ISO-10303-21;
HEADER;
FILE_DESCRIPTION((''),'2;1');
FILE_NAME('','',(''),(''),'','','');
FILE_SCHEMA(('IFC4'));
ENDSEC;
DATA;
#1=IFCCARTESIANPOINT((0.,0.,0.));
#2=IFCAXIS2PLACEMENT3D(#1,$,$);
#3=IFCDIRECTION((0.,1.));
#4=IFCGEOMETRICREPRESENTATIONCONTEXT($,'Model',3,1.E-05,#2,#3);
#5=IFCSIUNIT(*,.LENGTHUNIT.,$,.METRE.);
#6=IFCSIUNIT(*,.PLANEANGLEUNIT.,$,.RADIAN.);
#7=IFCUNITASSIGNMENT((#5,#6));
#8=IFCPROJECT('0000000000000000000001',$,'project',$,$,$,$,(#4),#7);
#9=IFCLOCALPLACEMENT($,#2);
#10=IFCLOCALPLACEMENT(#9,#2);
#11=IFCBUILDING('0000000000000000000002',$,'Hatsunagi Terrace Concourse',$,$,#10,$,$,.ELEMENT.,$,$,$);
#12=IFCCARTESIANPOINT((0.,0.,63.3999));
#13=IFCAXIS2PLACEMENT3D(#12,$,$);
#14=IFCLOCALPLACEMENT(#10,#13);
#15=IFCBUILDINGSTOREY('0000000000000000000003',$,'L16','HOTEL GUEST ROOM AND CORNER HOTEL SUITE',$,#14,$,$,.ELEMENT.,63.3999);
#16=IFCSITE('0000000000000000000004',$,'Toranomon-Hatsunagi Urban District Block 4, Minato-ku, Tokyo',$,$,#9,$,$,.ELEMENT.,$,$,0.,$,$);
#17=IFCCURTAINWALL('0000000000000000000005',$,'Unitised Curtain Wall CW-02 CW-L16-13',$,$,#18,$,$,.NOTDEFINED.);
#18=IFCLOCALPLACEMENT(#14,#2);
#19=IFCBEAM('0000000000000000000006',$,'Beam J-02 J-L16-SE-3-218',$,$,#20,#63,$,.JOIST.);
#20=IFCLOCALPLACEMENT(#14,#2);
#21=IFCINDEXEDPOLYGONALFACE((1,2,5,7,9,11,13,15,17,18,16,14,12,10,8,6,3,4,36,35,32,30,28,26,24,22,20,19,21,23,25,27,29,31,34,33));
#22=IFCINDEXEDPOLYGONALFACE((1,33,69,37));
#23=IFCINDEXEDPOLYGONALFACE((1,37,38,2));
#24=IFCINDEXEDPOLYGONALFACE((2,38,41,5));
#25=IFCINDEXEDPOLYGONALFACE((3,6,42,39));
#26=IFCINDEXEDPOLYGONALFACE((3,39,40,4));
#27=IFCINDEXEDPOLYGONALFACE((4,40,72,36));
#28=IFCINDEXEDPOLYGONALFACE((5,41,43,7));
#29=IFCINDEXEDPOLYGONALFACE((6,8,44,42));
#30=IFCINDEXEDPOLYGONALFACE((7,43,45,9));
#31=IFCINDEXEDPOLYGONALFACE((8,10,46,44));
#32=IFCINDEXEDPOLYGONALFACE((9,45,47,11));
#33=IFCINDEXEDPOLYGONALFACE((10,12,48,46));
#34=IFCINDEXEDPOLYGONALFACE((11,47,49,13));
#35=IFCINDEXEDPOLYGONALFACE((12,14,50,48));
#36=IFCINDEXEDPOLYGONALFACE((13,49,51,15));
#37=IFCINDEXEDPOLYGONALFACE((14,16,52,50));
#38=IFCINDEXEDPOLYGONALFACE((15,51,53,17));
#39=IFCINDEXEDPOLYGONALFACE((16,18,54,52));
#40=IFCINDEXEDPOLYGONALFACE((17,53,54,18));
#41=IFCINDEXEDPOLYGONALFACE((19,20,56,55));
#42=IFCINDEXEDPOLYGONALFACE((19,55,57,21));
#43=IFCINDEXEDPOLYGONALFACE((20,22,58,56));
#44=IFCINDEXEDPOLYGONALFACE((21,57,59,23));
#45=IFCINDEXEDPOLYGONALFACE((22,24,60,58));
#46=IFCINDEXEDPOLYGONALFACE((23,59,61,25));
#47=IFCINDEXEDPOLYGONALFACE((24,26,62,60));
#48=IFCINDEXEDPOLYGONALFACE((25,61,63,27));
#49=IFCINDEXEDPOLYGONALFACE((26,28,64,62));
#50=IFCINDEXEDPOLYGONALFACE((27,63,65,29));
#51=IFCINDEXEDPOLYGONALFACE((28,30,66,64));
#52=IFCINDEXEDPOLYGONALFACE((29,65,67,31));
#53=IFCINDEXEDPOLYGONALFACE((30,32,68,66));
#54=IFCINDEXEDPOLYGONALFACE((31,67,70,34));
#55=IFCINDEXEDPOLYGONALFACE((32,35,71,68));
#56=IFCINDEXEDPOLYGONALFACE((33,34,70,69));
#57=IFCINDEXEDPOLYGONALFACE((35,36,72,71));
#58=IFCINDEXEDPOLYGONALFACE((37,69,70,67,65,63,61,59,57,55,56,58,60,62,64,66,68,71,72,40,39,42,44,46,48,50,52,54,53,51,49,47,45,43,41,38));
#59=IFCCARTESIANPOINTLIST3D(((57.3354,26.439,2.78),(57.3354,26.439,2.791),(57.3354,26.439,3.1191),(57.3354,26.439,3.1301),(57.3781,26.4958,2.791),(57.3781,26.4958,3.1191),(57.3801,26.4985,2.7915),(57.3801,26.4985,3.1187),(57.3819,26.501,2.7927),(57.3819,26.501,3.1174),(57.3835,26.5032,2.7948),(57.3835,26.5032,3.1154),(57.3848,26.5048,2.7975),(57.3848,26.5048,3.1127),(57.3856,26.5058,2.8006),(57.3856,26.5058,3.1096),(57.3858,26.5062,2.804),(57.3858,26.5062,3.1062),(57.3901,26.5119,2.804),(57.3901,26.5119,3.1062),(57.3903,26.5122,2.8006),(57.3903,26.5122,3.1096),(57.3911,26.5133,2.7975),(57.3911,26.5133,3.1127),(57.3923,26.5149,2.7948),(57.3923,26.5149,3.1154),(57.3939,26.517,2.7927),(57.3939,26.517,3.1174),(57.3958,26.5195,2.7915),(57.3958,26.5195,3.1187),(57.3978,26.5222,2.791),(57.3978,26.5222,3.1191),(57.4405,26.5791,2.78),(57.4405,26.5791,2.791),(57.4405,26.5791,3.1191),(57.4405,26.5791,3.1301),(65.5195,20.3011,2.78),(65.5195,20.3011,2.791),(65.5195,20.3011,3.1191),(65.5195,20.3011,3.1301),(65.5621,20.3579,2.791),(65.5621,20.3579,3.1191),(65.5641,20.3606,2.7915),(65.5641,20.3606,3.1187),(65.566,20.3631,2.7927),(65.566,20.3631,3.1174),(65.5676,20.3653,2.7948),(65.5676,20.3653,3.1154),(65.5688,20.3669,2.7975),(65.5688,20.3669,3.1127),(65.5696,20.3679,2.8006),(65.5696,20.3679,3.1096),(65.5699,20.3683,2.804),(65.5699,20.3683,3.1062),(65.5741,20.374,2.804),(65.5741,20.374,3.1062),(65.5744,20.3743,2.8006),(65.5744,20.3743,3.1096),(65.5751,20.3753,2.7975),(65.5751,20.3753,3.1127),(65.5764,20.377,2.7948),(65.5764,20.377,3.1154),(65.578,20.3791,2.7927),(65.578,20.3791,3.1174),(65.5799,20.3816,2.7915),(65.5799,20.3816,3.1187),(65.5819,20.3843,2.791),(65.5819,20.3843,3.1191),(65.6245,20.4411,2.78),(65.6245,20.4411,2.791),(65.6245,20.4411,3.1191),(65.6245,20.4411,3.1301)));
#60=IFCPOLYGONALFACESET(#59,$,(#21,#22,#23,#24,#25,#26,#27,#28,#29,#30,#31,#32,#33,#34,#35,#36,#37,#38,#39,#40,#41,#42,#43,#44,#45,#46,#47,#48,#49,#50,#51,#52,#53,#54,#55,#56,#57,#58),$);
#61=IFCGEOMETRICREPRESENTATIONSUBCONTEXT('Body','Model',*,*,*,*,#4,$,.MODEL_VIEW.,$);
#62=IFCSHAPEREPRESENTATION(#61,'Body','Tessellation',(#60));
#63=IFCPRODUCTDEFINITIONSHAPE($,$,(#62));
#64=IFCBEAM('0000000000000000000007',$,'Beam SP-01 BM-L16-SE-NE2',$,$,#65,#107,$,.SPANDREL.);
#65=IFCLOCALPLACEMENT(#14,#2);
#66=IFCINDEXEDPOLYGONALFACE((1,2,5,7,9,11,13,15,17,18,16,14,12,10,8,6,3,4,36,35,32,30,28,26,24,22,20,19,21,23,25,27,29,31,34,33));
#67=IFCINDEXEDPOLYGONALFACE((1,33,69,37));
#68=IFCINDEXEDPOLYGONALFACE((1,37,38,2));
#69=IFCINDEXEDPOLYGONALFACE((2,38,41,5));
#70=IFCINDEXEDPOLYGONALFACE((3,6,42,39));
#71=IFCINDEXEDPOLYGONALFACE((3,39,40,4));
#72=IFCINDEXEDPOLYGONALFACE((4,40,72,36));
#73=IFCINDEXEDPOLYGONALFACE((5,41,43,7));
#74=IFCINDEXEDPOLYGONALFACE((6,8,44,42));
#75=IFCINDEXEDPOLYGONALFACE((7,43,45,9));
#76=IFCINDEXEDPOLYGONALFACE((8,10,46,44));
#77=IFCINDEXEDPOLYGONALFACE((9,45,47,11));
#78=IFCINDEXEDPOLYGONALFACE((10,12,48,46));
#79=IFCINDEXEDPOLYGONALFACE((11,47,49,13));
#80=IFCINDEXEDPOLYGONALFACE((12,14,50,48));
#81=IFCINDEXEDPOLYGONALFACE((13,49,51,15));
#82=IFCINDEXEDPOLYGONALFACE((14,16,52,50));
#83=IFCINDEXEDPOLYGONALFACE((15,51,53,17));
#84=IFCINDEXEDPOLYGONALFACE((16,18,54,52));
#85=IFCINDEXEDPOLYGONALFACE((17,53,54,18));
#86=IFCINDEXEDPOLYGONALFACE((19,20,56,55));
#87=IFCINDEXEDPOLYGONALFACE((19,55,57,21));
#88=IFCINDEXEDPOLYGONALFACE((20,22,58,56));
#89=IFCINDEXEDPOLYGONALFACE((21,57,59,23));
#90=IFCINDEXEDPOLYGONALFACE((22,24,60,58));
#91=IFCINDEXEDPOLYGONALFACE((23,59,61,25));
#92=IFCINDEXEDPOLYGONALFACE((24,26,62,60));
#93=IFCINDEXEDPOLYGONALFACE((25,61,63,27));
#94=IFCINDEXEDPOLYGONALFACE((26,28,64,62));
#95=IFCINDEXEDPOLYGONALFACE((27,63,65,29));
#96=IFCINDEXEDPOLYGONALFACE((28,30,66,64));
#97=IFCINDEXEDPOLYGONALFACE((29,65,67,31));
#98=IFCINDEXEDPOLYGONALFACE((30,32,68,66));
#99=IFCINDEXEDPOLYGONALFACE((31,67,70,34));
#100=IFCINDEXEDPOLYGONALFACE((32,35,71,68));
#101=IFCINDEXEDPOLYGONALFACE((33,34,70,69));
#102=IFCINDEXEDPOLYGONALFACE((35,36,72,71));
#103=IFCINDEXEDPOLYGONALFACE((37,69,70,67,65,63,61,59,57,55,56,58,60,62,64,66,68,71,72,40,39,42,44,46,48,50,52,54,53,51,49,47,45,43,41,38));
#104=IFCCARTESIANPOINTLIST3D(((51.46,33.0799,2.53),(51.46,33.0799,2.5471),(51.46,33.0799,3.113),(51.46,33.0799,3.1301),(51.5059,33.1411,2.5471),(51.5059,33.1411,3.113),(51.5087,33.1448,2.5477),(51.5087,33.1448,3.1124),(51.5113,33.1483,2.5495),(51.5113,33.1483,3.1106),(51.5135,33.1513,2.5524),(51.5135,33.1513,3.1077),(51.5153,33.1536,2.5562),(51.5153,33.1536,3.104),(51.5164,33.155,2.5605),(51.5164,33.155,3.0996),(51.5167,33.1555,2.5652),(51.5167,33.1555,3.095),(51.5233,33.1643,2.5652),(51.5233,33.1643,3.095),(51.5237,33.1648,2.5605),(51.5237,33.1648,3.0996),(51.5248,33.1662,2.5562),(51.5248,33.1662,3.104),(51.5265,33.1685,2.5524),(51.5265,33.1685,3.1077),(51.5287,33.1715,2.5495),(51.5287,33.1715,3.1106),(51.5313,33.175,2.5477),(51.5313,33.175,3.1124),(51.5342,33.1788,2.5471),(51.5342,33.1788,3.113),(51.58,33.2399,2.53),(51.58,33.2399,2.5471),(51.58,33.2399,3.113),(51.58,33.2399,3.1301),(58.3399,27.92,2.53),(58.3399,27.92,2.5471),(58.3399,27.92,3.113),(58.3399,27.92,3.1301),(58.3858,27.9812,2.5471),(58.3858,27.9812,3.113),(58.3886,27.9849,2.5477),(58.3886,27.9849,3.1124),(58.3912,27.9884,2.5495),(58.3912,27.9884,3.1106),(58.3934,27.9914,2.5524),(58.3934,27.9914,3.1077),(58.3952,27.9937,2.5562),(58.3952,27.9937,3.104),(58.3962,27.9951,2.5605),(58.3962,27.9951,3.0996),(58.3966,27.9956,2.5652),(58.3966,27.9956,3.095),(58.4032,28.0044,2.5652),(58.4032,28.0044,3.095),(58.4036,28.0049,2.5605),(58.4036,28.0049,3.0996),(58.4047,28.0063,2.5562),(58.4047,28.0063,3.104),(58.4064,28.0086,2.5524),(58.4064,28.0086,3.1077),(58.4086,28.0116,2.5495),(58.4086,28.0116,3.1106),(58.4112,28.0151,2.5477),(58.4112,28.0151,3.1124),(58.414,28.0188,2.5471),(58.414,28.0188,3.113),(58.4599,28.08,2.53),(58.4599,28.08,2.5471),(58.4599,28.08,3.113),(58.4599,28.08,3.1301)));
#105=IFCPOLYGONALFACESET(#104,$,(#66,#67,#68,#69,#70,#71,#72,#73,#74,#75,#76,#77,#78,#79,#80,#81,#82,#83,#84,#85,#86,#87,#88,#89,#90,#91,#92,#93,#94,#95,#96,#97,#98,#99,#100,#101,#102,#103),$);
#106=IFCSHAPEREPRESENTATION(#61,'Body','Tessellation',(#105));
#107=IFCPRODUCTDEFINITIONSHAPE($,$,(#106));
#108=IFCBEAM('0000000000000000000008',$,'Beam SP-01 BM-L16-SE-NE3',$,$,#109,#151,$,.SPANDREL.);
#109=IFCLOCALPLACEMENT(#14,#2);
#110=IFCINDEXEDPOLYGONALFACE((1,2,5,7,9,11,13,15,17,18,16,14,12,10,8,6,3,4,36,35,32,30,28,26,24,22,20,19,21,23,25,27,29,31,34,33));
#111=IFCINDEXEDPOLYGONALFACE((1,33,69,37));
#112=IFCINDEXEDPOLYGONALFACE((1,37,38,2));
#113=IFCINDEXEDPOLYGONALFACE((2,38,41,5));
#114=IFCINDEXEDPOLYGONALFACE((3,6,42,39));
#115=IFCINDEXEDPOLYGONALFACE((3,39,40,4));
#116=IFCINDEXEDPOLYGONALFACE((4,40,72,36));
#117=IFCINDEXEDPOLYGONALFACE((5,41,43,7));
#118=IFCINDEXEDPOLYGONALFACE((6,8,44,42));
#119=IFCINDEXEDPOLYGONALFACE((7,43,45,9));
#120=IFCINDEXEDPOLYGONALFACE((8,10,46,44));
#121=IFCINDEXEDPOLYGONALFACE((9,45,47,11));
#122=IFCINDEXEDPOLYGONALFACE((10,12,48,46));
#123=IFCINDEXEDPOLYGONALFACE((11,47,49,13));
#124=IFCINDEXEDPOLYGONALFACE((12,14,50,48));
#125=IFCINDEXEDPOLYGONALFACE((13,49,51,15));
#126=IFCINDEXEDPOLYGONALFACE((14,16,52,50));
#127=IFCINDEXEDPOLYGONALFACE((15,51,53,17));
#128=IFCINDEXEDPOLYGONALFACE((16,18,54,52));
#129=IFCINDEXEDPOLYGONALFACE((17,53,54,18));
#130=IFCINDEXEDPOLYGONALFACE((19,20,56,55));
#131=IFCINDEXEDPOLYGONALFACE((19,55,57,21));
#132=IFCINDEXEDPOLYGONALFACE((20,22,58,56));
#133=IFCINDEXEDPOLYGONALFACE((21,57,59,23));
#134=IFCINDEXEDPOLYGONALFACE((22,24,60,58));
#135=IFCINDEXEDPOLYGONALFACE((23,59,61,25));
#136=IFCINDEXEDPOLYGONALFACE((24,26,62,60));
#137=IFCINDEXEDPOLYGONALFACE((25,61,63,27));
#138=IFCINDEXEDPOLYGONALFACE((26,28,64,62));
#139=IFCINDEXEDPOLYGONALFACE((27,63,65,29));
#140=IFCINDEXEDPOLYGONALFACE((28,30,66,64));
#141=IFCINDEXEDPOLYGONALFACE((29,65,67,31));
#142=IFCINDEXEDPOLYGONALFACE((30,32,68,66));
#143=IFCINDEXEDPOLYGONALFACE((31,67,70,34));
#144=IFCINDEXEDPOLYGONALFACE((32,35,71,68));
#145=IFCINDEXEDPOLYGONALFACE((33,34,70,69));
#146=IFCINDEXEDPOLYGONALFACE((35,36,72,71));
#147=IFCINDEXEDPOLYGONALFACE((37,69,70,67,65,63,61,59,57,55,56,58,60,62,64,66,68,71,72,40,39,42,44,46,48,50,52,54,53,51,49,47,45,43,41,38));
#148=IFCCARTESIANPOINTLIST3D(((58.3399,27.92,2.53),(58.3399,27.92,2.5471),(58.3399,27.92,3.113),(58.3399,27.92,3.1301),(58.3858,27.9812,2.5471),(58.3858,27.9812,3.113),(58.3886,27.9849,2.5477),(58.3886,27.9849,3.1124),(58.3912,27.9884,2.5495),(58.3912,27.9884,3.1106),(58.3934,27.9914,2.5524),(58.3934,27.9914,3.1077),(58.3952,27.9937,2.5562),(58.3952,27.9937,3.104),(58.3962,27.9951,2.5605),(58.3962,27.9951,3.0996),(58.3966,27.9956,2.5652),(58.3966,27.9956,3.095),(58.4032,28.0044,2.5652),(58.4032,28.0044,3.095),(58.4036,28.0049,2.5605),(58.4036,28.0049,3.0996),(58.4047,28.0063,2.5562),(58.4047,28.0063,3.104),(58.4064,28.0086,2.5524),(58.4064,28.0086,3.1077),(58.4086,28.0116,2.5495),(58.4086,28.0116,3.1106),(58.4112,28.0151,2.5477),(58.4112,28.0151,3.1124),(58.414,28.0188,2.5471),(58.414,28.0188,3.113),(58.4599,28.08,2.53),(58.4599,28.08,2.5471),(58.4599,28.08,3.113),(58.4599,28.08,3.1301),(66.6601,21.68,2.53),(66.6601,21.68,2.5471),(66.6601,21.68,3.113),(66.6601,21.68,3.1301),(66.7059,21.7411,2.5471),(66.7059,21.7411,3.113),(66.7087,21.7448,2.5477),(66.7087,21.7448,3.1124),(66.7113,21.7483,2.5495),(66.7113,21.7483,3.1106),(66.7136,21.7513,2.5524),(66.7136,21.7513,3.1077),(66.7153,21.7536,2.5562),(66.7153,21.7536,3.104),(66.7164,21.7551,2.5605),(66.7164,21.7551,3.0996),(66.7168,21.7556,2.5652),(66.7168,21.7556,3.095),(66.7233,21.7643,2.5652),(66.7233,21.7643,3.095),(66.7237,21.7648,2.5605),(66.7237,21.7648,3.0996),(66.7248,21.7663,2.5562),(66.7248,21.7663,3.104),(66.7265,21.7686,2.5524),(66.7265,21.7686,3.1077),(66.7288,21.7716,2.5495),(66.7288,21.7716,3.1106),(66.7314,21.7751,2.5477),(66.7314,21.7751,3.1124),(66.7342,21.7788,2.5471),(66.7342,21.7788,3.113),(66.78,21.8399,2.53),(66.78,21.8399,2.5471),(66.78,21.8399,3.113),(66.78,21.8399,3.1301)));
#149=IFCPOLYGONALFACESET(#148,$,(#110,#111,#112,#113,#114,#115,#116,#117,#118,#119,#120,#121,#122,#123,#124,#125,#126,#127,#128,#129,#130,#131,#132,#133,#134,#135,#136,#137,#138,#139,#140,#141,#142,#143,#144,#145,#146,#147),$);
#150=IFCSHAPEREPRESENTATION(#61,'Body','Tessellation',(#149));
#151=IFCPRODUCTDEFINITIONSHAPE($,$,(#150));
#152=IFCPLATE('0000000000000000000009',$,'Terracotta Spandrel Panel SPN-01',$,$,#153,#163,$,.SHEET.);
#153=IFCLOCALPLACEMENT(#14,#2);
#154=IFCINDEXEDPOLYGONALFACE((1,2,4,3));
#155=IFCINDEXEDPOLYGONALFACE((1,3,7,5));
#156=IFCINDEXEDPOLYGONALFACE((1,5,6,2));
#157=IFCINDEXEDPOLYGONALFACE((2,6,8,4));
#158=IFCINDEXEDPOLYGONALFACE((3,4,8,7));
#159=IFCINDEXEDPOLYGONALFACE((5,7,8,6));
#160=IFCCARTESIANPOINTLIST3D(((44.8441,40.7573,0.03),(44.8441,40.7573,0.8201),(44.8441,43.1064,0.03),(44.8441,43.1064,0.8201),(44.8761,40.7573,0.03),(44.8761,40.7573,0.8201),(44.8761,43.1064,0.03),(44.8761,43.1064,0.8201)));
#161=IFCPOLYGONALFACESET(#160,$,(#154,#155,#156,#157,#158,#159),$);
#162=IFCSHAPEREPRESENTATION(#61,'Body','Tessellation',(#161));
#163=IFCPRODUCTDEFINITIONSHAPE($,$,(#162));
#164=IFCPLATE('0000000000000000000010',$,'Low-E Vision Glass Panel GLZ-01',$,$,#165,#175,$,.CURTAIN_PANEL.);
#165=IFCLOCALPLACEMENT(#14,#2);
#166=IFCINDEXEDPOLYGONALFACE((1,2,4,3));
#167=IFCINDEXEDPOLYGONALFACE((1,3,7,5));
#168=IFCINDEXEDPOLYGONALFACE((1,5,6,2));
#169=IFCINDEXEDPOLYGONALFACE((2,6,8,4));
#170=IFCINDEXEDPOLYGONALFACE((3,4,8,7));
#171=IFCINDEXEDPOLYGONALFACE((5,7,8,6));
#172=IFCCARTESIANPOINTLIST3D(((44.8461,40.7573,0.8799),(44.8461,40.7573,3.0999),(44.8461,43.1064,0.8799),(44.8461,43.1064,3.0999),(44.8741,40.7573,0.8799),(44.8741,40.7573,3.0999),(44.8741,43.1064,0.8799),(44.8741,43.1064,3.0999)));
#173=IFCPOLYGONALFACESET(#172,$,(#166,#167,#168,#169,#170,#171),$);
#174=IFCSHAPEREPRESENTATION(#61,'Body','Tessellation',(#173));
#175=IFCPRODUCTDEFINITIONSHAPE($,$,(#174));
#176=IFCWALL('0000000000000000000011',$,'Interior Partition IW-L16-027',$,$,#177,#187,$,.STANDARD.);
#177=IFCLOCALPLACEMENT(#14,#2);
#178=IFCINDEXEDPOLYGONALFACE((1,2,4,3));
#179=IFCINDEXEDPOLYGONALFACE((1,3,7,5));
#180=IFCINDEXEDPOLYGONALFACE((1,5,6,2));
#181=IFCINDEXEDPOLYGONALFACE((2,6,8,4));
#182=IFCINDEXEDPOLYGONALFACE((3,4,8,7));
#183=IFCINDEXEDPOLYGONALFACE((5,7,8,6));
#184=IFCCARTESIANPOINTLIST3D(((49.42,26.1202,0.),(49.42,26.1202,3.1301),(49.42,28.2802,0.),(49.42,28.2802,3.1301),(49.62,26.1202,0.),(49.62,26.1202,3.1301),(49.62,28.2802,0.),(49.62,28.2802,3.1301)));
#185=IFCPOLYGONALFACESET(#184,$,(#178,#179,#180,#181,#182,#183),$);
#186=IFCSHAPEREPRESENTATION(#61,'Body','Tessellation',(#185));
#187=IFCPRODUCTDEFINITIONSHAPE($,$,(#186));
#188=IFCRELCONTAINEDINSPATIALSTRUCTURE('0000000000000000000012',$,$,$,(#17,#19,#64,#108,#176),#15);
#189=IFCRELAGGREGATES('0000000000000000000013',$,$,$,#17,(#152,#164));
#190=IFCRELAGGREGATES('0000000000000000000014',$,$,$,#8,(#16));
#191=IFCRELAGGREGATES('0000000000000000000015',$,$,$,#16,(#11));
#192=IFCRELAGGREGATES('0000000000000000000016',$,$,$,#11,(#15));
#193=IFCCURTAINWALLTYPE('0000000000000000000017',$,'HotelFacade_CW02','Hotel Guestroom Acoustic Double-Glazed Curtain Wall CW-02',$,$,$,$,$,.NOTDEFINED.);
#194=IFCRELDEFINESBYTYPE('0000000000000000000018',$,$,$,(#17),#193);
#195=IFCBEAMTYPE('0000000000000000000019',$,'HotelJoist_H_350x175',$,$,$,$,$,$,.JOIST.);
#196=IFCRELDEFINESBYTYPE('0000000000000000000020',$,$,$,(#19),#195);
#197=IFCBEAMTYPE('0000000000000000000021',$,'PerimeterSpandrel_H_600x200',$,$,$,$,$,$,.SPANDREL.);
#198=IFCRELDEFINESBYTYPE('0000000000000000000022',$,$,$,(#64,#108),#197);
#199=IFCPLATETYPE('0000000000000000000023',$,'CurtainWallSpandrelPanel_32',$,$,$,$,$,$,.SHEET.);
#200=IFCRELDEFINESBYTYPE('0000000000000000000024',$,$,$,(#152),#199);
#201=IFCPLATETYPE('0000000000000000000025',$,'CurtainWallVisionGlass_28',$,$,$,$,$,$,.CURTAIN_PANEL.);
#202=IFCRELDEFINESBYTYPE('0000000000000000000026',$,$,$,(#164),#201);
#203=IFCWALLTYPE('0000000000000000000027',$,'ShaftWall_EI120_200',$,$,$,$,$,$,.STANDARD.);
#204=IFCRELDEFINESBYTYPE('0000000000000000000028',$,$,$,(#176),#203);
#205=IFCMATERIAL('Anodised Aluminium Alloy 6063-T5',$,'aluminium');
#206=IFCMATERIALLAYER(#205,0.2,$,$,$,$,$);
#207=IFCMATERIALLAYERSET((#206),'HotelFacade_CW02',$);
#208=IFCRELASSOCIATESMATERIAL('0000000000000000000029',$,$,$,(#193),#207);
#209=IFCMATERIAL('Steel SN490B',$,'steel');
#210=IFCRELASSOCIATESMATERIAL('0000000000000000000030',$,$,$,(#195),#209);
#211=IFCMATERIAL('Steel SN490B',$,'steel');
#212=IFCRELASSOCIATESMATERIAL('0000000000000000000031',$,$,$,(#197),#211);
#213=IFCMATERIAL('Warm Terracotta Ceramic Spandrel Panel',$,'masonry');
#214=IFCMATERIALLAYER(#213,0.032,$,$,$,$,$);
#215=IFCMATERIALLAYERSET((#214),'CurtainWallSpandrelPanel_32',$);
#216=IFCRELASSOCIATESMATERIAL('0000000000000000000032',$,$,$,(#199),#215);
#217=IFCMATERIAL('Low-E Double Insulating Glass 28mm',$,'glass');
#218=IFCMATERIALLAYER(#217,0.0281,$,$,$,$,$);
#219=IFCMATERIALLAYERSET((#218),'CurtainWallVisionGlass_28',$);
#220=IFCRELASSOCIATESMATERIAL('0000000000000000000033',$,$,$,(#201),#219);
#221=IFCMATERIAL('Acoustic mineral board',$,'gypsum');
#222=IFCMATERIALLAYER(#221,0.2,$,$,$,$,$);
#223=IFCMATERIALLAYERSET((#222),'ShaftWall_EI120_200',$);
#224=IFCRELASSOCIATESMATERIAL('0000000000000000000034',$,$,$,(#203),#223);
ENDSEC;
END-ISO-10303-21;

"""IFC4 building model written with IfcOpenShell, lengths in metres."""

from ifc_helpers import new_model, si_unit, direction, frame, frame_2d, origin, origin_2d, place, context, subcontext, project, spatial, rectangle, i_section, extrude, material, layer, layer_set, material_profile, profile_set, type_object, element, aggregate, save


model = new_model("IFC4")

# Units and contexts
model_context = context("Model", 3, precision=1e-05, world=origin(), true_north=direction((0.0, 1.0)))
body_context = subcontext(model_context, "Body", "Model", "MODEL_VIEW")
ifc_project = project(units=[si_unit("LENGTHUNIT", "METRE"), si_unit("PLANEANGLEUNIT", "RADIAN")], contexts=[model_context])

# Site, building, storey
site_placement = place(None, origin())
site = spatial("IfcSite", under=ifc_project, at=site_placement, Name="Toranomon-Hatsunagi Urban District Block 4, Minato-ku, Tokyo", CompositionType="ELEMENT", RefElevation=0.0)
building_placement = place(site_placement, origin())
building = spatial("IfcBuilding", under=site, at=building_placement, Name="Hatsunagi Terrace Concourse", CompositionType="ELEMENT")
storey_placement = place(building_placement, frame((0.0, 0.0, 63.3999)))
storey = spatial("IfcBuildingStorey", under=building, at=storey_placement, Name="L16", Description="HOTEL GUEST ROOM AND CORNER HOTEL SUITE", CompositionType="ELEMENT", Elevation=63.3999)

# Curtain wall
ifc_material_1 = material(Name="Anodised Aluminium Alloy 6063-T5", Category="aluminium")
ifc_layer_1 = layer(ifc_material_1, 0.2)
ifc_layer_set_1 = layer_set([ifc_layer_1], Name="HotelFacade_CW02")
curtain_wall_type = type_object("IfcCurtainWallType", Name="HotelFacade_CW02", Description="Hotel Guestroom Acoustic Double-Glazed Curtain Wall CW-02", PredefinedType="NOTDEFINED", material=ifc_layer_set_1)
curtain_wall_placement = place(storey_placement, origin())
curtain_wall = element("IfcCurtainWall", 1, at=curtain_wall_placement, inside=storey, type_object=curtain_wall_type, Name="Unitised Curtain Wall CW-02 CW-L16-13", PredefinedType="NOTDEFINED")

# Beams
ifc_material_2 = material(Name="Steel SN490B", Category="steel")
ifc_material_profile_1 = material_profile(ifc_material_2, i_section(OverallWidth=0.175, OverallDepth=0.3501, WebThickness=0.0071, FlangeThickness=0.011, FilletRadius=0.0129, at=origin_2d()), Name="H-350x175x7x11")
ifc_profile_set_1 = profile_set([ifc_material_profile_1], Name="Steel SN490B")
beam_type_1 = type_object("IfcBeamType", Name="HotelJoist_H_350x175", PredefinedType="JOIST", material=ifc_profile_set_1)
beam_1_placement = place(storey_placement, frame((57.3879, 26.509, 2.9551), z_axis=(0.800006, -0.599992, 0.0), x_axis=(0.599992, 0.800006, 0.0)))
element("IfcBeam", 2, at=beam_1_placement, inside=storey, type_object=beam_type_1, Name="Beam J-02 J-L16-SE-3-218", PredefinedType="JOIST", context=body_context, shape_type="SweptSolid", body=[
    extrude(i_section(OverallWidth=0.175, OverallDepth=0.3501, WebThickness=0.0071, FlangeThickness=0.011, FilletRadius=0.0129, at=origin_2d()), origin(), (0.0, 0.0, 1.0), 10.23),
])
ifc_material_3 = material(Name="Steel SN490B", Category="steel")
ifc_material_profile_2 = material_profile(ifc_material_3, i_section(OverallWidth=0.2, OverallDepth=0.6001, WebThickness=0.011, FlangeThickness=0.0171, FilletRadius=0.0181, at=origin_2d()), Name="H-600x200x11x17")
ifc_profile_set_2 = profile_set([ifc_material_profile_2], Name="Steel SN490B")
beam_type_2 = type_object("IfcBeamType", Name="PerimeterSpandrel_H_600x200", PredefinedType="SPANDREL", material=ifc_profile_set_2)
beam_2_placement = place(storey_placement, frame((51.52, 33.1599, 2.8301), z_axis=(0.8, -0.6, 0.0), x_axis=(0.6, 0.8, 0.0)))
element("IfcBeam", 3, at=beam_2_placement, inside=storey, type_object=beam_type_2, Name="Beam SP-01 BM-L16-SE-NE2", PredefinedType="SPANDREL", context=body_context, shape_type="SweptSolid", body=[
    extrude(i_section(OverallWidth=0.2, OverallDepth=0.6001, WebThickness=0.011, FlangeThickness=0.0171, FilletRadius=0.0181, at=origin_2d()), origin(), (0.0, 0.0, 1.0), 8.5999),
])
beam_3_placement = place(storey_placement, frame((58.3999, 28.0, 2.8301), z_axis=(0.800003, -0.599996, 0.0), x_axis=(0.599996, 0.800003, 0.0)))
element("IfcBeam", 4, at=beam_3_placement, inside=storey, type_object=beam_type_2, Name="Beam SP-01 BM-L16-SE-NE3", PredefinedType="SPANDREL", context=body_context, shape_type="SweptSolid", body=[
    extrude(i_section(OverallWidth=0.2, OverallDepth=0.6001, WebThickness=0.011, FlangeThickness=0.0171, FilletRadius=0.0181, at=origin_2d()), origin(), (0.0, 0.0, 1.0), 10.4001),
])

# Plates
ifc_material_4 = material(Name="Warm Terracotta Ceramic Spandrel Panel", Category="masonry")
ifc_layer_2 = layer(ifc_material_4, 0.032)
ifc_layer_set_2 = layer_set([ifc_layer_2], Name="CurtainWallSpandrelPanel_32")
plate_type_1 = type_object("IfcPlateType", Name="CurtainWallSpandrelPanel_32", PredefinedType="SHEET", material=ifc_layer_set_2)
plate_1_placement = place(storey_placement, frame((44.8601, 41.9319, 0.03), z_axis=(0.0, 0.0, 1.0), x_axis=(0.0, -1.0, 0.0)))
plate_1 = element("IfcPlate", 5, at=plate_1_placement, type_object=plate_type_1, Name="Terracotta Spandrel Panel SPN-01", PredefinedType="SHEET", context=body_context, shape_type="SweptSolid", body=[
    extrude(rectangle(XDim=2.3491, YDim=0.032, at=origin_2d()), origin(), (0.0, 0.0, 1.0), 0.79),
])
ifc_material_5 = material(Name="Low-E Double Insulating Glass 28mm", Category="glass")
ifc_layer_3 = layer(ifc_material_5, 0.0281)
ifc_layer_set_3 = layer_set([ifc_layer_3], Name="CurtainWallVisionGlass_28")
plate_type_2 = type_object("IfcPlateType", Name="CurtainWallVisionGlass_28", PredefinedType="CURTAIN_PANEL", material=ifc_layer_set_3)
plate_2_placement = place(storey_placement, frame((44.8601, 41.9319, 0.8799), z_axis=(0.0, 0.0, 1.0), x_axis=(0.0, -1.0, 0.0)))
plate_2 = element("IfcPlate", 6, at=plate_2_placement, type_object=plate_type_2, Name="Low-E Vision Glass Panel GLZ-01", PredefinedType="CURTAIN_PANEL", context=body_context, shape_type="SweptSolid", body=[
    extrude(rectangle(XDim=2.3491, YDim=0.0281, at=origin_2d()), origin(), (0.0, 0.0, 1.0), 2.22),
])
aggregate(curtain_wall, [plate_1, plate_2])

# Wall
ifc_material_6 = material(Name="Acoustic mineral board", Category="gypsum")
ifc_layer_4 = layer(ifc_material_6, 0.2)
ifc_layer_set_4 = layer_set([ifc_layer_4], Name="ShaftWall_EI120_200")
wall_type_1 = type_object("IfcWallType", Name="ShaftWall_EI120_200", PredefinedType="STANDARD", material=ifc_layer_set_4)
for number, where, z_axis, x_axis, name in (
    (7, (49.52, 26.1201, 0.0), (0.0, 0.0, 1.0), (0.0, 1.0, 0.0), "Interior Partition IW-L16-027"),
):
    element("IfcWall", number, at=place(storey_placement, frame(where, z_axis=z_axis, x_axis=x_axis)), inside=storey, type_object=wall_type_1, Name=name, PredefinedType="STANDARD", context=body_context, shape_type="SweptSolid", body=[
        extrude(rectangle(XDim=2.1599, YDim=0.2, at=frame_2d((1.0801, 0.0))), origin(), (0.0, 0.0, 1.0), 3.1301),
    ])

save(model, "model.ifc")
